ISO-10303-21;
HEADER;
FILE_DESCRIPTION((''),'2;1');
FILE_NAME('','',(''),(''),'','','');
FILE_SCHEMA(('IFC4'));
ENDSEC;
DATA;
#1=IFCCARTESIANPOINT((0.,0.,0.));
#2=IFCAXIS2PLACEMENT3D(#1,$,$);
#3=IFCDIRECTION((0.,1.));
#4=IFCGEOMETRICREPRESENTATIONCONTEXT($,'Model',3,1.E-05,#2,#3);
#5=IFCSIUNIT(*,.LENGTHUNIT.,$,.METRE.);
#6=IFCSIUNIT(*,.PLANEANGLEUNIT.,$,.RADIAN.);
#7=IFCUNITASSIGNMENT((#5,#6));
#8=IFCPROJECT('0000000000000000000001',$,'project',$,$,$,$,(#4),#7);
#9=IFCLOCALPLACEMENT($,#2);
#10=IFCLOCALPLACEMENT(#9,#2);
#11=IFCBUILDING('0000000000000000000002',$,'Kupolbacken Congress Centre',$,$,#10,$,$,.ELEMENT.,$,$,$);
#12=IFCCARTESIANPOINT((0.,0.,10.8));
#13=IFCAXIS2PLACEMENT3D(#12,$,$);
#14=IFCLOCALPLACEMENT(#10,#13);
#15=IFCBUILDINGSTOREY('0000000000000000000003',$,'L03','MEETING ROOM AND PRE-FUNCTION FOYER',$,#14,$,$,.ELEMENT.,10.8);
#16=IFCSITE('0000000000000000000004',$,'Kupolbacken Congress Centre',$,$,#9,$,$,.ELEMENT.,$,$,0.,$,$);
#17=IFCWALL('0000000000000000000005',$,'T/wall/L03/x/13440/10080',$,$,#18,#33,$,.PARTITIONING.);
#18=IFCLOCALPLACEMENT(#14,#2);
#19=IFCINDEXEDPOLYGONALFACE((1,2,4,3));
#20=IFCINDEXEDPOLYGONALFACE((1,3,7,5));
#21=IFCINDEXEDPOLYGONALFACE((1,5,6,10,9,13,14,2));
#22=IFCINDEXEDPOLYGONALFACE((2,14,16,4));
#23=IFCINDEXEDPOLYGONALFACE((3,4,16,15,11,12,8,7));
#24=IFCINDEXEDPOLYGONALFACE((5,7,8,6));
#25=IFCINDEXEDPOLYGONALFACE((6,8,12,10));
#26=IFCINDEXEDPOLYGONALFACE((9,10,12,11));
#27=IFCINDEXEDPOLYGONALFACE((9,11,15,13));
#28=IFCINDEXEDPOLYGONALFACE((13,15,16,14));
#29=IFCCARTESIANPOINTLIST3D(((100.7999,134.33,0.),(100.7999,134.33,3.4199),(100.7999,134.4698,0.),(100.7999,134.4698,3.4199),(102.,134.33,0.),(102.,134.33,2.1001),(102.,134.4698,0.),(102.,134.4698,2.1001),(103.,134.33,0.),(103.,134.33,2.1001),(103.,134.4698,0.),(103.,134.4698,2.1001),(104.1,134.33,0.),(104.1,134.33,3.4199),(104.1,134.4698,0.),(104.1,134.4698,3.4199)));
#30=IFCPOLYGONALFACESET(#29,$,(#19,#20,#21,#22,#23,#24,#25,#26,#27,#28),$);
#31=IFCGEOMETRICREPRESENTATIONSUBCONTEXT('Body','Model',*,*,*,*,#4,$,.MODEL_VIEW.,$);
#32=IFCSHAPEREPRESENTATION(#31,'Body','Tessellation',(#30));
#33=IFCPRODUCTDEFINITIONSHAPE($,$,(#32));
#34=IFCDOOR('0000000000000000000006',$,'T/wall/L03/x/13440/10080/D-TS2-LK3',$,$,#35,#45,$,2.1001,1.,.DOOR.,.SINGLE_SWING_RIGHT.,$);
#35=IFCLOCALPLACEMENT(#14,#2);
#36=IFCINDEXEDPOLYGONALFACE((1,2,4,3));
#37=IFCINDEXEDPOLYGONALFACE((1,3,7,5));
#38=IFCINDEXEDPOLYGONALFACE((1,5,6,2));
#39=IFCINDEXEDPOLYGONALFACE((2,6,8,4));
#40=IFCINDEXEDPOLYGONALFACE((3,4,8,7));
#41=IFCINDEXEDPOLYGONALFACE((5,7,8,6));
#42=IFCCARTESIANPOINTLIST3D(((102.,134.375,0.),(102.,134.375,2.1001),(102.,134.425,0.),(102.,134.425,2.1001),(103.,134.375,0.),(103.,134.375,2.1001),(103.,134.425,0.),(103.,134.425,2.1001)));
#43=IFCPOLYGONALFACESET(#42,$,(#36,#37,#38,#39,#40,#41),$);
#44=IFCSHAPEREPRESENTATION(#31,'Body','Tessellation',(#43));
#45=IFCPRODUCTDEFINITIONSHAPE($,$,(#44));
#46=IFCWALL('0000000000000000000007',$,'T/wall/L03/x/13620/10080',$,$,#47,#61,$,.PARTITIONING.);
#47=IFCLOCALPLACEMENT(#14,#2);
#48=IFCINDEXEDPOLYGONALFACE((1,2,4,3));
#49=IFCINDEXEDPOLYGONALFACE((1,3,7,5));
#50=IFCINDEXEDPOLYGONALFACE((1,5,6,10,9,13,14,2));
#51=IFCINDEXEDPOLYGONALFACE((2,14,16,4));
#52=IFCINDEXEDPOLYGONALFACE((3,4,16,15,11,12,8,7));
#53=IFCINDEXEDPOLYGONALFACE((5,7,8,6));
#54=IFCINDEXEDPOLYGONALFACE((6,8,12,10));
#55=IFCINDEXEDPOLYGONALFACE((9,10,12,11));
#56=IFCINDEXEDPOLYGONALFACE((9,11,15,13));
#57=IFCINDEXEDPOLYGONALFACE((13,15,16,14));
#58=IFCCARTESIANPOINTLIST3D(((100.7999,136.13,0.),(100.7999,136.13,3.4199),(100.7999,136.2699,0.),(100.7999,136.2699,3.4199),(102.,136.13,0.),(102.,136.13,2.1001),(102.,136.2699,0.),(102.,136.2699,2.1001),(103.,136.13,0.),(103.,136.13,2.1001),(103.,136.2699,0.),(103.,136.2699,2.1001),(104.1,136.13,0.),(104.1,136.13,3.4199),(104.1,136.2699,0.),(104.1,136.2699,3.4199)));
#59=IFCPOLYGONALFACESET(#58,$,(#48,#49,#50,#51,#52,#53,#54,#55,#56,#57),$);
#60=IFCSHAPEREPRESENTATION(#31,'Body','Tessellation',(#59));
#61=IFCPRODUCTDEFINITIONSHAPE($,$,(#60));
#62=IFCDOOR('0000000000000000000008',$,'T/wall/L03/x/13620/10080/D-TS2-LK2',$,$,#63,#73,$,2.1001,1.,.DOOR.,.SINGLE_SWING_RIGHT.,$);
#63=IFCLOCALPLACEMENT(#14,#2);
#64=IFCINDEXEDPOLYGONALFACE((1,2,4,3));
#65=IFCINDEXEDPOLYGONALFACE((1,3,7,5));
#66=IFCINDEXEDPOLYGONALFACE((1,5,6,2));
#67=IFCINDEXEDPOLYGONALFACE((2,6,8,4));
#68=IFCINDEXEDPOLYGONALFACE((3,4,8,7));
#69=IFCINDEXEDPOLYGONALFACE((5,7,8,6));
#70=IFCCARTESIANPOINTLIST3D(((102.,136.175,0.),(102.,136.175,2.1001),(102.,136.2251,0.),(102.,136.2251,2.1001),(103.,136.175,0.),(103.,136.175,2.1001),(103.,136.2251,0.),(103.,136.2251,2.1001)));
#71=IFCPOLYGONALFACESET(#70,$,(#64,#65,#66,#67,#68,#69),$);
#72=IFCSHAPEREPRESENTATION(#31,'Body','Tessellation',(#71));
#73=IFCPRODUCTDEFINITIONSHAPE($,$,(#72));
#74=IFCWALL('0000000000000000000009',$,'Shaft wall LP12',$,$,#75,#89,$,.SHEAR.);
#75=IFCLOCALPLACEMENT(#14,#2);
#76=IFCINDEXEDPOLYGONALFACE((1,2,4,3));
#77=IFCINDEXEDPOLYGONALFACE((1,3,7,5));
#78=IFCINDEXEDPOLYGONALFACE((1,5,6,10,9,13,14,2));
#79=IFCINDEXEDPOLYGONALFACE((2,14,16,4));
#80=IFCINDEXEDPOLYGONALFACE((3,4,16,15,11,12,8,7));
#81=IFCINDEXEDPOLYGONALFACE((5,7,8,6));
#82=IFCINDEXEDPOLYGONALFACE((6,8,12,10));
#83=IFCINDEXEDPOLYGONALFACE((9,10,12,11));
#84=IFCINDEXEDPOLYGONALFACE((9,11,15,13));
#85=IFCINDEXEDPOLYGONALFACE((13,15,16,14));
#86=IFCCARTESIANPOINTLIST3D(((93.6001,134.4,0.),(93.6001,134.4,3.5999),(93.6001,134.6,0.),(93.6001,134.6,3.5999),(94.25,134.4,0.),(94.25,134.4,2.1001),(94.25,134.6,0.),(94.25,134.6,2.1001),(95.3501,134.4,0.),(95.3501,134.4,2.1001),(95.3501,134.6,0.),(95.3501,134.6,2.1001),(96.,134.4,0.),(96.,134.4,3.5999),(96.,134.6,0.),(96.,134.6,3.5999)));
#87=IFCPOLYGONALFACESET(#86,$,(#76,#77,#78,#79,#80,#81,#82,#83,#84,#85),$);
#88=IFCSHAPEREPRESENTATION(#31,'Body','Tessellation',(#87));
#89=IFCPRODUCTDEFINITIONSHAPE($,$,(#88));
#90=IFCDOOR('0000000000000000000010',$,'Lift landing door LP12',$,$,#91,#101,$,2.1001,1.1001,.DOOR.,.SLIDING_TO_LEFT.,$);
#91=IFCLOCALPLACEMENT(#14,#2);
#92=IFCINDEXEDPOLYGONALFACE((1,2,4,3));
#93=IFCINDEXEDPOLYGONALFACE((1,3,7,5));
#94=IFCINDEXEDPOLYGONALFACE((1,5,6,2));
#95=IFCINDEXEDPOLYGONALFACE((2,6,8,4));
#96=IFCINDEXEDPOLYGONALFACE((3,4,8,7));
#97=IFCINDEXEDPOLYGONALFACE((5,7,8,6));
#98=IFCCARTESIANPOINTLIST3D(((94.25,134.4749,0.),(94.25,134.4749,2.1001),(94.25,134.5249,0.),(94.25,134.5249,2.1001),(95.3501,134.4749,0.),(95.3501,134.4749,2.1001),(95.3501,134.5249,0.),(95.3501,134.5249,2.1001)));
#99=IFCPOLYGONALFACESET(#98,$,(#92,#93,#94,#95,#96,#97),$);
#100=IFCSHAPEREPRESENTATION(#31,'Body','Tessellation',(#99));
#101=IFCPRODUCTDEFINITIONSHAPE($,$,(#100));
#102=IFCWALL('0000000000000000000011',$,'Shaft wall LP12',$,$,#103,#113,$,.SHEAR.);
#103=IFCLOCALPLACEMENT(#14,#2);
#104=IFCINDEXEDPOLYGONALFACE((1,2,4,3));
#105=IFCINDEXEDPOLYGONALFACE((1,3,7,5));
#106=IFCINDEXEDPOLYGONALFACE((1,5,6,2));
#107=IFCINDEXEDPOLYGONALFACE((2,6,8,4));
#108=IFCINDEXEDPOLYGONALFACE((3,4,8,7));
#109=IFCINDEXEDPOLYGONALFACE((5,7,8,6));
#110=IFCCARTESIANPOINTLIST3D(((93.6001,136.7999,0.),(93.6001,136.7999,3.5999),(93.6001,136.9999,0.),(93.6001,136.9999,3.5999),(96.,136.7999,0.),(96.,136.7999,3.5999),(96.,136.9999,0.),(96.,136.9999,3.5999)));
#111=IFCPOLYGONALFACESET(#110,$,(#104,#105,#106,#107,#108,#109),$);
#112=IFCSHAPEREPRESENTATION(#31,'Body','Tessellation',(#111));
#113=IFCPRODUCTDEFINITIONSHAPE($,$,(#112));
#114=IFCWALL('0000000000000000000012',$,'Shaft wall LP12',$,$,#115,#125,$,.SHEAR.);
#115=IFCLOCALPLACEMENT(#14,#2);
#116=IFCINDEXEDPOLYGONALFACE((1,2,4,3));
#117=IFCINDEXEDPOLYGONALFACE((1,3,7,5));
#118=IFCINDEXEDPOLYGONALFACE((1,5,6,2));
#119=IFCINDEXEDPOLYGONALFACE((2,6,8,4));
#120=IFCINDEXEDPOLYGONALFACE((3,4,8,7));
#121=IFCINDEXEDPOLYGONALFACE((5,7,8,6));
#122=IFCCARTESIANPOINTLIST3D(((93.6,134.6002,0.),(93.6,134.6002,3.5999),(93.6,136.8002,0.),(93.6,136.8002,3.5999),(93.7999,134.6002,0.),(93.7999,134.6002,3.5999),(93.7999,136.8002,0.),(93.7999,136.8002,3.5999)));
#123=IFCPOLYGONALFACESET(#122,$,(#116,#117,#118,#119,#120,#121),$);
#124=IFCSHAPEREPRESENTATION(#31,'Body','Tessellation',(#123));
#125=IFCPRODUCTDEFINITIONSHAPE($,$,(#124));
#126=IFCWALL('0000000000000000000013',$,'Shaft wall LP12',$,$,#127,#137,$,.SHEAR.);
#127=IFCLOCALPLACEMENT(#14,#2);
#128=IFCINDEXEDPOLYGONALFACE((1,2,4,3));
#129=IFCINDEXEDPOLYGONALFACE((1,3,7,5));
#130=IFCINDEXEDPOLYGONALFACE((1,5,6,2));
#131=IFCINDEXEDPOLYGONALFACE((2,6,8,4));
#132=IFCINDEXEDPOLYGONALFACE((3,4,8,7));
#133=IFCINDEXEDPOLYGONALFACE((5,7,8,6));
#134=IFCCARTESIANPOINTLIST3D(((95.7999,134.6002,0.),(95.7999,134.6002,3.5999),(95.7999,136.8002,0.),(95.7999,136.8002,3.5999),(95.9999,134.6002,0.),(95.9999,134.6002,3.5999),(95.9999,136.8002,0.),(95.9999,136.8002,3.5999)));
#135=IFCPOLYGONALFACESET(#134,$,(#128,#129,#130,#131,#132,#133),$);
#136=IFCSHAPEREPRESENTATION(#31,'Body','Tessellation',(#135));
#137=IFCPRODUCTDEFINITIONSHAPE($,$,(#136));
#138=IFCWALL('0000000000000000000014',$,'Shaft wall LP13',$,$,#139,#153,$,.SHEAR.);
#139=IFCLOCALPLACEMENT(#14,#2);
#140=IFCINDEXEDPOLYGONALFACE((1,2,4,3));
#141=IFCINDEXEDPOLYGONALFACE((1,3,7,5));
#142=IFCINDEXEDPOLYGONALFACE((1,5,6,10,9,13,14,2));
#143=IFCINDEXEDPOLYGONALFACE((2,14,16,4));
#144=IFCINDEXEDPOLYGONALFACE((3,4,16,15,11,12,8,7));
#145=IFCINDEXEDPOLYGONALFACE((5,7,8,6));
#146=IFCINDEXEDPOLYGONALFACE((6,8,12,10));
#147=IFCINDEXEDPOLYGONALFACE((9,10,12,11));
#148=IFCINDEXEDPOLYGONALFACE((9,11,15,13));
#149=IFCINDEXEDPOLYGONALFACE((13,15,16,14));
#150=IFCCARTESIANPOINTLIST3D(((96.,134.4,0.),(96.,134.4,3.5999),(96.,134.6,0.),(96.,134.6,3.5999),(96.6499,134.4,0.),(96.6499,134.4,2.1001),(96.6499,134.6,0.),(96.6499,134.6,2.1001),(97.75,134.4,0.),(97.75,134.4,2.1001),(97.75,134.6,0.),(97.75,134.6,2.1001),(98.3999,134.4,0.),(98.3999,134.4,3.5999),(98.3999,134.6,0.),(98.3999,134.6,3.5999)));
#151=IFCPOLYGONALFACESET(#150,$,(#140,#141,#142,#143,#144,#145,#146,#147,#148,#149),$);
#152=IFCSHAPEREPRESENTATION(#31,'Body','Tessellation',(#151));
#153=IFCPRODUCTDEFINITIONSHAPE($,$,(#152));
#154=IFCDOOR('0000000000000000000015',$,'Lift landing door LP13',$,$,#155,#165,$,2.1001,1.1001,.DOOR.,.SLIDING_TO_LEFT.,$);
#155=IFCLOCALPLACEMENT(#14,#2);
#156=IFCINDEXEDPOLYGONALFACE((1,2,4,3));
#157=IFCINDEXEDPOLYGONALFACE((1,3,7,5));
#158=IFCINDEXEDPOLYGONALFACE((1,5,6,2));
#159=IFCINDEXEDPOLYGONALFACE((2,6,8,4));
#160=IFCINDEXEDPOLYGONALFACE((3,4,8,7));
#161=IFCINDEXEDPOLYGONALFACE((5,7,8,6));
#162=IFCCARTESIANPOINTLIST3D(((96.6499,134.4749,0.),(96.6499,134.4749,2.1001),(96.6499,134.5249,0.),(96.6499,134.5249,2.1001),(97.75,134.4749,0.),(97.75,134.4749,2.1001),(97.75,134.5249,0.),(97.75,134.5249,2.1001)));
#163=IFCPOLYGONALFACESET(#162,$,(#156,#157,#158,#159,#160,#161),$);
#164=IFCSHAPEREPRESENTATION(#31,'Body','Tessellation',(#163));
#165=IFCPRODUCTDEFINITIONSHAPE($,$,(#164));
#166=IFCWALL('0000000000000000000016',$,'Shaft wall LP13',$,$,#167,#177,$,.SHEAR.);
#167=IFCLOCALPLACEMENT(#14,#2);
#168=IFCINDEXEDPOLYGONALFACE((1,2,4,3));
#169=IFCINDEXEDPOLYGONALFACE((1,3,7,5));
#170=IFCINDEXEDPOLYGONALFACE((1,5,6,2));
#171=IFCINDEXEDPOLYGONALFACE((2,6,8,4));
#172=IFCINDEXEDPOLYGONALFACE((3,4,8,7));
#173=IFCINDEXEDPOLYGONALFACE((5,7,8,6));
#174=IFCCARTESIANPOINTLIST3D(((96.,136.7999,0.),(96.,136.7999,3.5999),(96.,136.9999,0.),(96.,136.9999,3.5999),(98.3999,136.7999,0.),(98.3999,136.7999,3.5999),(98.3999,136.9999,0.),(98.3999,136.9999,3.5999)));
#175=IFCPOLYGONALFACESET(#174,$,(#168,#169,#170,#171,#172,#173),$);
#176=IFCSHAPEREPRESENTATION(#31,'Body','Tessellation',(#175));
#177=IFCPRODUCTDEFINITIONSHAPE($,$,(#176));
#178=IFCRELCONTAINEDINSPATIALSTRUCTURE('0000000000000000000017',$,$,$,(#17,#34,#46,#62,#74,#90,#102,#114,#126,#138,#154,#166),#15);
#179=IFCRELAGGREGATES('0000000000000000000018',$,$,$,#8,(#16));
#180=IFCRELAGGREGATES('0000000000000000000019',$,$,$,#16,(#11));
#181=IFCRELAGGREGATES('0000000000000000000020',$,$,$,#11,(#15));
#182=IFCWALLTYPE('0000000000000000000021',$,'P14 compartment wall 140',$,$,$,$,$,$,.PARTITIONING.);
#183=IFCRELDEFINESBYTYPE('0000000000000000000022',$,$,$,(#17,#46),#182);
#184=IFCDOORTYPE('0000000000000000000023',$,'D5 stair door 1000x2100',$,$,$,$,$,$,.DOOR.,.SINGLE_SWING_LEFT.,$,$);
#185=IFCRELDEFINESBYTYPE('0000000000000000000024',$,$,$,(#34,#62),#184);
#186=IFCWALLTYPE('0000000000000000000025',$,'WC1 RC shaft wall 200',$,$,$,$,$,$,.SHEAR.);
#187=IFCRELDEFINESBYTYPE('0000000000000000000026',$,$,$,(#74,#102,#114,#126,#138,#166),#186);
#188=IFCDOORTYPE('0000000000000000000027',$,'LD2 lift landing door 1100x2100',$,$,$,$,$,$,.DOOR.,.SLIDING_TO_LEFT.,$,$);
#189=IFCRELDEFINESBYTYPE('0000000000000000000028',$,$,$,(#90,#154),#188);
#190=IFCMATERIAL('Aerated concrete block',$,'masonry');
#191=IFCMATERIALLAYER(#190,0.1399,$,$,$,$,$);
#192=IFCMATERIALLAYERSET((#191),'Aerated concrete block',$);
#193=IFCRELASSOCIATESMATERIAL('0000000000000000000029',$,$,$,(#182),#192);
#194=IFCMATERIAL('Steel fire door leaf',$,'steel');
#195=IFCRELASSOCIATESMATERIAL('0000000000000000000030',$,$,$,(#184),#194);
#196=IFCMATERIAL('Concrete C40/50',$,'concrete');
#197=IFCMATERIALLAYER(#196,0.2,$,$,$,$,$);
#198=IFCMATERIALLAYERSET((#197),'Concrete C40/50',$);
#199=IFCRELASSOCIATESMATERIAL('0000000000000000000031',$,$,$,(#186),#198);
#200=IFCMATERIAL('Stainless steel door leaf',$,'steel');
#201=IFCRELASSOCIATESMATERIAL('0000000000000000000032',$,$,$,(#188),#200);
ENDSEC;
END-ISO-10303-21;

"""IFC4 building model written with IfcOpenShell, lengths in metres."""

from ifc_helpers import new_model, si_unit, direction, frame, frame_2d, origin, place, context, subcontext, project, spatial, rectangle, extrude, material, layer, layer_set, type_object, element, fill, save


model = new_model("IFC4")

# Units and contexts
model_context = context("Model", 3, precision=1e-05, world=origin(), true_north=direction((0.0, 1.0)))
body_context = subcontext(model_context, "Body", "Model", "MODEL_VIEW")
ifc_project = project(units=[si_unit("LENGTHUNIT", "METRE"), si_unit("PLANEANGLEUNIT", "RADIAN")], contexts=[model_context])

# Site, building, storey
site_placement = place(None, origin())
site = spatial("IfcSite", under=ifc_project, at=site_placement, Name="Kupolbacken Congress Centre", CompositionType="ELEMENT", RefElevation=0.0)
building_placement = place(site_placement, origin())
building = spatial("IfcBuilding", under=site, at=building_placement, Name="Kupolbacken Congress Centre", CompositionType="ELEMENT")
storey_placement = place(building_placement, frame((0.0, 0.0, 10.8)))
storey = spatial("IfcBuildingStorey", under=building, at=storey_placement, Name="L03", Description="MEETING ROOM AND PRE-FUNCTION FOYER", CompositionType="ELEMENT", Elevation=10.8)

# Walls, openings, doors
ifc_material_1 = material(Name="Aerated concrete block", Category="masonry")
ifc_layer_1 = layer(ifc_material_1, 0.1399)
ifc_layer_set_1 = layer_set([ifc_layer_1], Name="Aerated concrete block")
wall_type_1 = type_object("IfcWallType", Name="P14 compartment wall 140", PredefinedType="PARTITIONING", material=ifc_layer_set_1)
wall_1_placement = place(storey_placement, frame((100.8, 134.3999, 0.0), z_axis=(0.0, 0.0, 1.0), x_axis=(1.0, 0.0, 0.0)))
wall_1 = element("IfcWall", 1, at=wall_1_placement, inside=storey, type_object=wall_type_1, Name="T/wall/L03/x/13440/10080", PredefinedType="PARTITIONING", context=body_context, shape_type="SweptSolid", body=[
    extrude(rectangle(XDim=3.3, YDim=0.1399, at=frame_2d((1.6499, 0.0))), origin(), (0.0, 0.0, 1.0), 3.4199),
])
opening_1_placement = place(wall_1_placement, frame((1.2, 0.0, 0.0)))
opening_1 = element("IfcOpeningElement", 2, at=opening_1_placement, cuts=wall_1, PredefinedType="OPENING", context=body_context, shape_type="SweptSolid", body=[
    extrude(rectangle(XDim=1.0, YDim=2.1001, at=frame_2d((0.5, 1.05))), frame((0.0, 0.0798, 0.0), z_axis=(0.0, -1.0, 0.0), x_axis=(1.0, 0.0, 0.0)), (0.0, 0.0, 1.0), 0.1599),
])
ifc_material_2 = material(Name="Steel fire door leaf", Category="steel")
door_type_1 = type_object("IfcDoorType", Name="D5 stair door 1000x2100", OperationType="SINGLE_SWING_LEFT", PredefinedType="DOOR", material=ifc_material_2)
door_1_placement = place(opening_1_placement, frame((1.0, 0.0, 0.0), z_axis=(0.0, 0.0, 1.0), x_axis=(-1.0, 0.0, 0.0)))
door_1 = element("IfcDoor", 3, at=door_1_placement, inside=storey, type_object=door_type_1, Name="T/wall/L03/x/13440/10080/D-TS2-LK3", OperationType="SINGLE_SWING_RIGHT", OverallHeight=2.1001, OverallWidth=1.0, PredefinedType="DOOR", context=body_context, shape_type="SweptSolid", body=[
    extrude(rectangle(XDim=1.0, YDim=2.1001, at=frame_2d((0.5, 1.05))), frame((0.0, 0.0249, 0.0), z_axis=(0.0, -1.0, 0.0), x_axis=(1.0, 0.0, 0.0)), (0.0, 0.0, 1.0), 0.05),
])
fill(opening_1, door_1)
wall_2_placement = place(storey_placement, frame((100.8, 136.2, 0.0), z_axis=(0.0, 0.0, 1.0), x_axis=(1.0, 0.0, 0.0)))
wall_2 = element("IfcWall", 4, at=wall_2_placement, inside=storey, type_object=wall_type_1, Name="T/wall/L03/x/13620/10080", PredefinedType="PARTITIONING", context=body_context, shape_type="SweptSolid", body=[
    extrude(rectangle(XDim=3.3, YDim=0.1399, at=frame_2d((1.6499, 0.0))), origin(), (0.0, 0.0, 1.0), 3.4199),
])
opening_2_placement = place(wall_2_placement, frame((1.2, 0.0, 0.0)))
opening_2 = element("IfcOpeningElement", 5, at=opening_2_placement, cuts=wall_2, PredefinedType="OPENING", context=body_context, shape_type="SweptSolid", body=[
    extrude(rectangle(XDim=1.0, YDim=2.1001, at=frame_2d((0.5, 1.05))), frame((0.0, 0.0798, 0.0), z_axis=(0.0, -1.0, 0.0), x_axis=(1.0, 0.0, 0.0)), (0.0, 0.0, 1.0), 0.1599),
])
door_2_placement = place(opening_2_placement, frame((1.0, 0.0, 0.0), z_axis=(0.0, 0.0, 1.0), x_axis=(-1.0, 0.0, 0.0)))
door_2 = element("IfcDoor", 6, at=door_2_placement, inside=storey, type_object=door_type_1, Name="T/wall/L03/x/13620/10080/D-TS2-LK2", OperationType="SINGLE_SWING_RIGHT", OverallHeight=2.1001, OverallWidth=1.0, PredefinedType="DOOR", context=body_context, shape_type="SweptSolid", body=[
    extrude(rectangle(XDim=1.0, YDim=2.1001, at=frame_2d((0.5, 1.05))), frame((0.0, 0.0249, 0.0), z_axis=(0.0, -1.0, 0.0), x_axis=(1.0, 0.0, 0.0)), (0.0, 0.0, 1.0), 0.05),
])
fill(opening_2, door_2)
ifc_material_3 = material(Name="Concrete C40/50", Category="concrete")
ifc_layer_2 = layer(ifc_material_3, 0.2)
ifc_layer_set_2 = layer_set([ifc_layer_2], Name="Concrete C40/50")
wall_type_2 = type_object("IfcWallType", Name="WC1 RC shaft wall 200", PredefinedType="SHEAR", material=ifc_layer_set_2)
wall_3_placement = place(storey_placement, frame((93.6001, 134.5, 0.0), z_axis=(0.0, 0.0, 1.0), x_axis=(1.0, 0.0, 0.0)))
wall_3 = element("IfcWall", 7, at=wall_3_placement, inside=storey, type_object=wall_type_2, Name="Shaft wall LP12", PredefinedType="SHEAR", context=body_context, shape_type="SweptSolid", body=[
    extrude(rectangle(XDim=2.3999, YDim=0.2, at=frame_2d((1.2, 0.0))), origin(), (0.0, 0.0, 1.0), 3.5999),
])
opening_3_placement = place(wall_3_placement, frame((0.6499, 0.0, 0.0)))
opening_3 = element("IfcOpeningElement", 8, at=opening_3_placement, cuts=wall_3, PredefinedType="OPENING", context=body_context, shape_type="SweptSolid", body=[
    extrude(rectangle(XDim=1.1001, YDim=2.1001, at=frame_2d((0.55, 1.05))), frame((0.0, 0.1099, 0.0), z_axis=(0.0, -1.0, 0.0), x_axis=(1.0, 0.0, 0.0)), (0.0, 0.0, 1.0), 0.22),
])
ifc_material_4 = material(Name="Stainless steel door leaf", Category="steel")
door_type_2 = type_object("IfcDoorType", Name="LD2 lift landing door 1100x2100", OperationType="SLIDING_TO_LEFT", PredefinedType="DOOR", material=ifc_material_4)
door_3_placement = place(opening_3_placement, origin())
door_3 = element("IfcDoor", 9, at=door_3_placement, inside=storey, type_object=door_type_2, Name="Lift landing door LP12", OperationType="SLIDING_TO_LEFT", OverallHeight=2.1001, OverallWidth=1.1001, PredefinedType="DOOR", context=body_context, shape_type="SweptSolid", body=[
    extrude(rectangle(XDim=1.1001, YDim=2.1001, at=frame_2d((0.55, 1.05))), frame((0.0, 0.0249, 0.0), z_axis=(0.0, -1.0, 0.0), x_axis=(1.0, 0.0, 0.0)), (0.0, 0.0, 1.0), 0.05),
])
fill(opening_3, door_3)

# Walls
wall_4_placement = place(storey_placement, frame((93.6001, 136.8999, 0.0), z_axis=(0.0, 0.0, 1.0), x_axis=(1.0, 0.0, 0.0)))
element("IfcWall", 10, at=wall_4_placement, inside=storey, type_object=wall_type_2, Name="Shaft wall LP12", PredefinedType="SHEAR", context=body_context, shape_type="SweptSolid", body=[
    extrude(rectangle(XDim=2.3999, YDim=0.2, at=frame_2d((1.2, 0.0))), origin(), (0.0, 0.0, 1.0), 3.5999),
])
for number, where, z_axis, x_axis, name in (
    (11, (93.7, 134.6001, 0.0), (0.0, 0.0, 1.0), (0.0, 1.0, 0.0), "Shaft wall LP12"),
    (12, (95.8999, 134.6001, 0.0), (0.0, 0.0, 1.0), (0.0, 1.0, 0.0), "Shaft wall LP12"),
):
    element("IfcWall", number, at=place(storey_placement, frame(where, z_axis=z_axis, x_axis=x_axis)), inside=storey, type_object=wall_type_2, Name=name, PredefinedType="SHEAR", context=body_context, shape_type="SweptSolid", body=[
        extrude(rectangle(XDim=2.2, YDim=0.2, at=frame_2d((1.1001, 0.0))), origin(), (0.0, 0.0, 1.0), 3.5999),
    ])

# Wall, opening, door
wall_5_placement = place(storey_placement, frame((96.0, 134.5, 0.0), z_axis=(0.0, 0.0, 1.0), x_axis=(1.0, 0.0, 0.0)))
wall_5 = element("IfcWall", 13, at=wall_5_placement, inside=storey, type_object=wall_type_2, Name="Shaft wall LP13", PredefinedType="SHEAR", context=body_context, shape_type="SweptSolid", body=[
    extrude(rectangle(XDim=2.3999, YDim=0.2, at=frame_2d((1.2, 0.0))), origin(), (0.0, 0.0, 1.0), 3.5999),
])
opening_4_placement = place(wall_5_placement, frame((0.6499, 0.0, 0.0)))
opening_4 = element("IfcOpeningElement", 14, at=opening_4_placement, cuts=wall_5, PredefinedType="OPENING", context=body_context, shape_type="SweptSolid", body=[
    extrude(rectangle(XDim=1.1001, YDim=2.1001, at=frame_2d((0.55, 1.05))), frame((0.0, 0.1099, 0.0), z_axis=(0.0, -1.0, 0.0), x_axis=(1.0, 0.0, 0.0)), (0.0, 0.0, 1.0), 0.22),
])
door_4_placement = place(opening_4_placement, origin())
door_4 = element("IfcDoor", 15, at=door_4_placement, inside=storey, type_object=door_type_2, Name="Lift landing door LP13", OperationType="SLIDING_TO_LEFT", OverallHeight=2.1001, OverallWidth=1.1001, PredefinedType="DOOR", context=body_context, shape_type="SweptSolid", body=[
    extrude(rectangle(XDim=1.1001, YDim=2.1001, at=frame_2d((0.55, 1.05))), frame((0.0, 0.0249, 0.0), z_axis=(0.0, -1.0, 0.0), x_axis=(1.0, 0.0, 0.0)), (0.0, 0.0, 1.0), 0.05),
])
fill(opening_4, door_4)

# Wall
wall_6_placement = place(storey_placement, frame((96.0, 136.8999, 0.0), z_axis=(0.0, 0.0, 1.0), x_axis=(1.0, 0.0, 0.0)))
element("IfcWall", 16, at=wall_6_placement, inside=storey, type_object=wall_type_2, Name="Shaft wall LP13", PredefinedType="SHEAR", context=body_context, shape_type="SweptSolid", body=[
    extrude(rectangle(XDim=2.3999, YDim=0.2, at=frame_2d((1.2, 0.0))), origin(), (0.0, 0.0, 1.0), 3.5999),
])

save(model, "model.ifc")
